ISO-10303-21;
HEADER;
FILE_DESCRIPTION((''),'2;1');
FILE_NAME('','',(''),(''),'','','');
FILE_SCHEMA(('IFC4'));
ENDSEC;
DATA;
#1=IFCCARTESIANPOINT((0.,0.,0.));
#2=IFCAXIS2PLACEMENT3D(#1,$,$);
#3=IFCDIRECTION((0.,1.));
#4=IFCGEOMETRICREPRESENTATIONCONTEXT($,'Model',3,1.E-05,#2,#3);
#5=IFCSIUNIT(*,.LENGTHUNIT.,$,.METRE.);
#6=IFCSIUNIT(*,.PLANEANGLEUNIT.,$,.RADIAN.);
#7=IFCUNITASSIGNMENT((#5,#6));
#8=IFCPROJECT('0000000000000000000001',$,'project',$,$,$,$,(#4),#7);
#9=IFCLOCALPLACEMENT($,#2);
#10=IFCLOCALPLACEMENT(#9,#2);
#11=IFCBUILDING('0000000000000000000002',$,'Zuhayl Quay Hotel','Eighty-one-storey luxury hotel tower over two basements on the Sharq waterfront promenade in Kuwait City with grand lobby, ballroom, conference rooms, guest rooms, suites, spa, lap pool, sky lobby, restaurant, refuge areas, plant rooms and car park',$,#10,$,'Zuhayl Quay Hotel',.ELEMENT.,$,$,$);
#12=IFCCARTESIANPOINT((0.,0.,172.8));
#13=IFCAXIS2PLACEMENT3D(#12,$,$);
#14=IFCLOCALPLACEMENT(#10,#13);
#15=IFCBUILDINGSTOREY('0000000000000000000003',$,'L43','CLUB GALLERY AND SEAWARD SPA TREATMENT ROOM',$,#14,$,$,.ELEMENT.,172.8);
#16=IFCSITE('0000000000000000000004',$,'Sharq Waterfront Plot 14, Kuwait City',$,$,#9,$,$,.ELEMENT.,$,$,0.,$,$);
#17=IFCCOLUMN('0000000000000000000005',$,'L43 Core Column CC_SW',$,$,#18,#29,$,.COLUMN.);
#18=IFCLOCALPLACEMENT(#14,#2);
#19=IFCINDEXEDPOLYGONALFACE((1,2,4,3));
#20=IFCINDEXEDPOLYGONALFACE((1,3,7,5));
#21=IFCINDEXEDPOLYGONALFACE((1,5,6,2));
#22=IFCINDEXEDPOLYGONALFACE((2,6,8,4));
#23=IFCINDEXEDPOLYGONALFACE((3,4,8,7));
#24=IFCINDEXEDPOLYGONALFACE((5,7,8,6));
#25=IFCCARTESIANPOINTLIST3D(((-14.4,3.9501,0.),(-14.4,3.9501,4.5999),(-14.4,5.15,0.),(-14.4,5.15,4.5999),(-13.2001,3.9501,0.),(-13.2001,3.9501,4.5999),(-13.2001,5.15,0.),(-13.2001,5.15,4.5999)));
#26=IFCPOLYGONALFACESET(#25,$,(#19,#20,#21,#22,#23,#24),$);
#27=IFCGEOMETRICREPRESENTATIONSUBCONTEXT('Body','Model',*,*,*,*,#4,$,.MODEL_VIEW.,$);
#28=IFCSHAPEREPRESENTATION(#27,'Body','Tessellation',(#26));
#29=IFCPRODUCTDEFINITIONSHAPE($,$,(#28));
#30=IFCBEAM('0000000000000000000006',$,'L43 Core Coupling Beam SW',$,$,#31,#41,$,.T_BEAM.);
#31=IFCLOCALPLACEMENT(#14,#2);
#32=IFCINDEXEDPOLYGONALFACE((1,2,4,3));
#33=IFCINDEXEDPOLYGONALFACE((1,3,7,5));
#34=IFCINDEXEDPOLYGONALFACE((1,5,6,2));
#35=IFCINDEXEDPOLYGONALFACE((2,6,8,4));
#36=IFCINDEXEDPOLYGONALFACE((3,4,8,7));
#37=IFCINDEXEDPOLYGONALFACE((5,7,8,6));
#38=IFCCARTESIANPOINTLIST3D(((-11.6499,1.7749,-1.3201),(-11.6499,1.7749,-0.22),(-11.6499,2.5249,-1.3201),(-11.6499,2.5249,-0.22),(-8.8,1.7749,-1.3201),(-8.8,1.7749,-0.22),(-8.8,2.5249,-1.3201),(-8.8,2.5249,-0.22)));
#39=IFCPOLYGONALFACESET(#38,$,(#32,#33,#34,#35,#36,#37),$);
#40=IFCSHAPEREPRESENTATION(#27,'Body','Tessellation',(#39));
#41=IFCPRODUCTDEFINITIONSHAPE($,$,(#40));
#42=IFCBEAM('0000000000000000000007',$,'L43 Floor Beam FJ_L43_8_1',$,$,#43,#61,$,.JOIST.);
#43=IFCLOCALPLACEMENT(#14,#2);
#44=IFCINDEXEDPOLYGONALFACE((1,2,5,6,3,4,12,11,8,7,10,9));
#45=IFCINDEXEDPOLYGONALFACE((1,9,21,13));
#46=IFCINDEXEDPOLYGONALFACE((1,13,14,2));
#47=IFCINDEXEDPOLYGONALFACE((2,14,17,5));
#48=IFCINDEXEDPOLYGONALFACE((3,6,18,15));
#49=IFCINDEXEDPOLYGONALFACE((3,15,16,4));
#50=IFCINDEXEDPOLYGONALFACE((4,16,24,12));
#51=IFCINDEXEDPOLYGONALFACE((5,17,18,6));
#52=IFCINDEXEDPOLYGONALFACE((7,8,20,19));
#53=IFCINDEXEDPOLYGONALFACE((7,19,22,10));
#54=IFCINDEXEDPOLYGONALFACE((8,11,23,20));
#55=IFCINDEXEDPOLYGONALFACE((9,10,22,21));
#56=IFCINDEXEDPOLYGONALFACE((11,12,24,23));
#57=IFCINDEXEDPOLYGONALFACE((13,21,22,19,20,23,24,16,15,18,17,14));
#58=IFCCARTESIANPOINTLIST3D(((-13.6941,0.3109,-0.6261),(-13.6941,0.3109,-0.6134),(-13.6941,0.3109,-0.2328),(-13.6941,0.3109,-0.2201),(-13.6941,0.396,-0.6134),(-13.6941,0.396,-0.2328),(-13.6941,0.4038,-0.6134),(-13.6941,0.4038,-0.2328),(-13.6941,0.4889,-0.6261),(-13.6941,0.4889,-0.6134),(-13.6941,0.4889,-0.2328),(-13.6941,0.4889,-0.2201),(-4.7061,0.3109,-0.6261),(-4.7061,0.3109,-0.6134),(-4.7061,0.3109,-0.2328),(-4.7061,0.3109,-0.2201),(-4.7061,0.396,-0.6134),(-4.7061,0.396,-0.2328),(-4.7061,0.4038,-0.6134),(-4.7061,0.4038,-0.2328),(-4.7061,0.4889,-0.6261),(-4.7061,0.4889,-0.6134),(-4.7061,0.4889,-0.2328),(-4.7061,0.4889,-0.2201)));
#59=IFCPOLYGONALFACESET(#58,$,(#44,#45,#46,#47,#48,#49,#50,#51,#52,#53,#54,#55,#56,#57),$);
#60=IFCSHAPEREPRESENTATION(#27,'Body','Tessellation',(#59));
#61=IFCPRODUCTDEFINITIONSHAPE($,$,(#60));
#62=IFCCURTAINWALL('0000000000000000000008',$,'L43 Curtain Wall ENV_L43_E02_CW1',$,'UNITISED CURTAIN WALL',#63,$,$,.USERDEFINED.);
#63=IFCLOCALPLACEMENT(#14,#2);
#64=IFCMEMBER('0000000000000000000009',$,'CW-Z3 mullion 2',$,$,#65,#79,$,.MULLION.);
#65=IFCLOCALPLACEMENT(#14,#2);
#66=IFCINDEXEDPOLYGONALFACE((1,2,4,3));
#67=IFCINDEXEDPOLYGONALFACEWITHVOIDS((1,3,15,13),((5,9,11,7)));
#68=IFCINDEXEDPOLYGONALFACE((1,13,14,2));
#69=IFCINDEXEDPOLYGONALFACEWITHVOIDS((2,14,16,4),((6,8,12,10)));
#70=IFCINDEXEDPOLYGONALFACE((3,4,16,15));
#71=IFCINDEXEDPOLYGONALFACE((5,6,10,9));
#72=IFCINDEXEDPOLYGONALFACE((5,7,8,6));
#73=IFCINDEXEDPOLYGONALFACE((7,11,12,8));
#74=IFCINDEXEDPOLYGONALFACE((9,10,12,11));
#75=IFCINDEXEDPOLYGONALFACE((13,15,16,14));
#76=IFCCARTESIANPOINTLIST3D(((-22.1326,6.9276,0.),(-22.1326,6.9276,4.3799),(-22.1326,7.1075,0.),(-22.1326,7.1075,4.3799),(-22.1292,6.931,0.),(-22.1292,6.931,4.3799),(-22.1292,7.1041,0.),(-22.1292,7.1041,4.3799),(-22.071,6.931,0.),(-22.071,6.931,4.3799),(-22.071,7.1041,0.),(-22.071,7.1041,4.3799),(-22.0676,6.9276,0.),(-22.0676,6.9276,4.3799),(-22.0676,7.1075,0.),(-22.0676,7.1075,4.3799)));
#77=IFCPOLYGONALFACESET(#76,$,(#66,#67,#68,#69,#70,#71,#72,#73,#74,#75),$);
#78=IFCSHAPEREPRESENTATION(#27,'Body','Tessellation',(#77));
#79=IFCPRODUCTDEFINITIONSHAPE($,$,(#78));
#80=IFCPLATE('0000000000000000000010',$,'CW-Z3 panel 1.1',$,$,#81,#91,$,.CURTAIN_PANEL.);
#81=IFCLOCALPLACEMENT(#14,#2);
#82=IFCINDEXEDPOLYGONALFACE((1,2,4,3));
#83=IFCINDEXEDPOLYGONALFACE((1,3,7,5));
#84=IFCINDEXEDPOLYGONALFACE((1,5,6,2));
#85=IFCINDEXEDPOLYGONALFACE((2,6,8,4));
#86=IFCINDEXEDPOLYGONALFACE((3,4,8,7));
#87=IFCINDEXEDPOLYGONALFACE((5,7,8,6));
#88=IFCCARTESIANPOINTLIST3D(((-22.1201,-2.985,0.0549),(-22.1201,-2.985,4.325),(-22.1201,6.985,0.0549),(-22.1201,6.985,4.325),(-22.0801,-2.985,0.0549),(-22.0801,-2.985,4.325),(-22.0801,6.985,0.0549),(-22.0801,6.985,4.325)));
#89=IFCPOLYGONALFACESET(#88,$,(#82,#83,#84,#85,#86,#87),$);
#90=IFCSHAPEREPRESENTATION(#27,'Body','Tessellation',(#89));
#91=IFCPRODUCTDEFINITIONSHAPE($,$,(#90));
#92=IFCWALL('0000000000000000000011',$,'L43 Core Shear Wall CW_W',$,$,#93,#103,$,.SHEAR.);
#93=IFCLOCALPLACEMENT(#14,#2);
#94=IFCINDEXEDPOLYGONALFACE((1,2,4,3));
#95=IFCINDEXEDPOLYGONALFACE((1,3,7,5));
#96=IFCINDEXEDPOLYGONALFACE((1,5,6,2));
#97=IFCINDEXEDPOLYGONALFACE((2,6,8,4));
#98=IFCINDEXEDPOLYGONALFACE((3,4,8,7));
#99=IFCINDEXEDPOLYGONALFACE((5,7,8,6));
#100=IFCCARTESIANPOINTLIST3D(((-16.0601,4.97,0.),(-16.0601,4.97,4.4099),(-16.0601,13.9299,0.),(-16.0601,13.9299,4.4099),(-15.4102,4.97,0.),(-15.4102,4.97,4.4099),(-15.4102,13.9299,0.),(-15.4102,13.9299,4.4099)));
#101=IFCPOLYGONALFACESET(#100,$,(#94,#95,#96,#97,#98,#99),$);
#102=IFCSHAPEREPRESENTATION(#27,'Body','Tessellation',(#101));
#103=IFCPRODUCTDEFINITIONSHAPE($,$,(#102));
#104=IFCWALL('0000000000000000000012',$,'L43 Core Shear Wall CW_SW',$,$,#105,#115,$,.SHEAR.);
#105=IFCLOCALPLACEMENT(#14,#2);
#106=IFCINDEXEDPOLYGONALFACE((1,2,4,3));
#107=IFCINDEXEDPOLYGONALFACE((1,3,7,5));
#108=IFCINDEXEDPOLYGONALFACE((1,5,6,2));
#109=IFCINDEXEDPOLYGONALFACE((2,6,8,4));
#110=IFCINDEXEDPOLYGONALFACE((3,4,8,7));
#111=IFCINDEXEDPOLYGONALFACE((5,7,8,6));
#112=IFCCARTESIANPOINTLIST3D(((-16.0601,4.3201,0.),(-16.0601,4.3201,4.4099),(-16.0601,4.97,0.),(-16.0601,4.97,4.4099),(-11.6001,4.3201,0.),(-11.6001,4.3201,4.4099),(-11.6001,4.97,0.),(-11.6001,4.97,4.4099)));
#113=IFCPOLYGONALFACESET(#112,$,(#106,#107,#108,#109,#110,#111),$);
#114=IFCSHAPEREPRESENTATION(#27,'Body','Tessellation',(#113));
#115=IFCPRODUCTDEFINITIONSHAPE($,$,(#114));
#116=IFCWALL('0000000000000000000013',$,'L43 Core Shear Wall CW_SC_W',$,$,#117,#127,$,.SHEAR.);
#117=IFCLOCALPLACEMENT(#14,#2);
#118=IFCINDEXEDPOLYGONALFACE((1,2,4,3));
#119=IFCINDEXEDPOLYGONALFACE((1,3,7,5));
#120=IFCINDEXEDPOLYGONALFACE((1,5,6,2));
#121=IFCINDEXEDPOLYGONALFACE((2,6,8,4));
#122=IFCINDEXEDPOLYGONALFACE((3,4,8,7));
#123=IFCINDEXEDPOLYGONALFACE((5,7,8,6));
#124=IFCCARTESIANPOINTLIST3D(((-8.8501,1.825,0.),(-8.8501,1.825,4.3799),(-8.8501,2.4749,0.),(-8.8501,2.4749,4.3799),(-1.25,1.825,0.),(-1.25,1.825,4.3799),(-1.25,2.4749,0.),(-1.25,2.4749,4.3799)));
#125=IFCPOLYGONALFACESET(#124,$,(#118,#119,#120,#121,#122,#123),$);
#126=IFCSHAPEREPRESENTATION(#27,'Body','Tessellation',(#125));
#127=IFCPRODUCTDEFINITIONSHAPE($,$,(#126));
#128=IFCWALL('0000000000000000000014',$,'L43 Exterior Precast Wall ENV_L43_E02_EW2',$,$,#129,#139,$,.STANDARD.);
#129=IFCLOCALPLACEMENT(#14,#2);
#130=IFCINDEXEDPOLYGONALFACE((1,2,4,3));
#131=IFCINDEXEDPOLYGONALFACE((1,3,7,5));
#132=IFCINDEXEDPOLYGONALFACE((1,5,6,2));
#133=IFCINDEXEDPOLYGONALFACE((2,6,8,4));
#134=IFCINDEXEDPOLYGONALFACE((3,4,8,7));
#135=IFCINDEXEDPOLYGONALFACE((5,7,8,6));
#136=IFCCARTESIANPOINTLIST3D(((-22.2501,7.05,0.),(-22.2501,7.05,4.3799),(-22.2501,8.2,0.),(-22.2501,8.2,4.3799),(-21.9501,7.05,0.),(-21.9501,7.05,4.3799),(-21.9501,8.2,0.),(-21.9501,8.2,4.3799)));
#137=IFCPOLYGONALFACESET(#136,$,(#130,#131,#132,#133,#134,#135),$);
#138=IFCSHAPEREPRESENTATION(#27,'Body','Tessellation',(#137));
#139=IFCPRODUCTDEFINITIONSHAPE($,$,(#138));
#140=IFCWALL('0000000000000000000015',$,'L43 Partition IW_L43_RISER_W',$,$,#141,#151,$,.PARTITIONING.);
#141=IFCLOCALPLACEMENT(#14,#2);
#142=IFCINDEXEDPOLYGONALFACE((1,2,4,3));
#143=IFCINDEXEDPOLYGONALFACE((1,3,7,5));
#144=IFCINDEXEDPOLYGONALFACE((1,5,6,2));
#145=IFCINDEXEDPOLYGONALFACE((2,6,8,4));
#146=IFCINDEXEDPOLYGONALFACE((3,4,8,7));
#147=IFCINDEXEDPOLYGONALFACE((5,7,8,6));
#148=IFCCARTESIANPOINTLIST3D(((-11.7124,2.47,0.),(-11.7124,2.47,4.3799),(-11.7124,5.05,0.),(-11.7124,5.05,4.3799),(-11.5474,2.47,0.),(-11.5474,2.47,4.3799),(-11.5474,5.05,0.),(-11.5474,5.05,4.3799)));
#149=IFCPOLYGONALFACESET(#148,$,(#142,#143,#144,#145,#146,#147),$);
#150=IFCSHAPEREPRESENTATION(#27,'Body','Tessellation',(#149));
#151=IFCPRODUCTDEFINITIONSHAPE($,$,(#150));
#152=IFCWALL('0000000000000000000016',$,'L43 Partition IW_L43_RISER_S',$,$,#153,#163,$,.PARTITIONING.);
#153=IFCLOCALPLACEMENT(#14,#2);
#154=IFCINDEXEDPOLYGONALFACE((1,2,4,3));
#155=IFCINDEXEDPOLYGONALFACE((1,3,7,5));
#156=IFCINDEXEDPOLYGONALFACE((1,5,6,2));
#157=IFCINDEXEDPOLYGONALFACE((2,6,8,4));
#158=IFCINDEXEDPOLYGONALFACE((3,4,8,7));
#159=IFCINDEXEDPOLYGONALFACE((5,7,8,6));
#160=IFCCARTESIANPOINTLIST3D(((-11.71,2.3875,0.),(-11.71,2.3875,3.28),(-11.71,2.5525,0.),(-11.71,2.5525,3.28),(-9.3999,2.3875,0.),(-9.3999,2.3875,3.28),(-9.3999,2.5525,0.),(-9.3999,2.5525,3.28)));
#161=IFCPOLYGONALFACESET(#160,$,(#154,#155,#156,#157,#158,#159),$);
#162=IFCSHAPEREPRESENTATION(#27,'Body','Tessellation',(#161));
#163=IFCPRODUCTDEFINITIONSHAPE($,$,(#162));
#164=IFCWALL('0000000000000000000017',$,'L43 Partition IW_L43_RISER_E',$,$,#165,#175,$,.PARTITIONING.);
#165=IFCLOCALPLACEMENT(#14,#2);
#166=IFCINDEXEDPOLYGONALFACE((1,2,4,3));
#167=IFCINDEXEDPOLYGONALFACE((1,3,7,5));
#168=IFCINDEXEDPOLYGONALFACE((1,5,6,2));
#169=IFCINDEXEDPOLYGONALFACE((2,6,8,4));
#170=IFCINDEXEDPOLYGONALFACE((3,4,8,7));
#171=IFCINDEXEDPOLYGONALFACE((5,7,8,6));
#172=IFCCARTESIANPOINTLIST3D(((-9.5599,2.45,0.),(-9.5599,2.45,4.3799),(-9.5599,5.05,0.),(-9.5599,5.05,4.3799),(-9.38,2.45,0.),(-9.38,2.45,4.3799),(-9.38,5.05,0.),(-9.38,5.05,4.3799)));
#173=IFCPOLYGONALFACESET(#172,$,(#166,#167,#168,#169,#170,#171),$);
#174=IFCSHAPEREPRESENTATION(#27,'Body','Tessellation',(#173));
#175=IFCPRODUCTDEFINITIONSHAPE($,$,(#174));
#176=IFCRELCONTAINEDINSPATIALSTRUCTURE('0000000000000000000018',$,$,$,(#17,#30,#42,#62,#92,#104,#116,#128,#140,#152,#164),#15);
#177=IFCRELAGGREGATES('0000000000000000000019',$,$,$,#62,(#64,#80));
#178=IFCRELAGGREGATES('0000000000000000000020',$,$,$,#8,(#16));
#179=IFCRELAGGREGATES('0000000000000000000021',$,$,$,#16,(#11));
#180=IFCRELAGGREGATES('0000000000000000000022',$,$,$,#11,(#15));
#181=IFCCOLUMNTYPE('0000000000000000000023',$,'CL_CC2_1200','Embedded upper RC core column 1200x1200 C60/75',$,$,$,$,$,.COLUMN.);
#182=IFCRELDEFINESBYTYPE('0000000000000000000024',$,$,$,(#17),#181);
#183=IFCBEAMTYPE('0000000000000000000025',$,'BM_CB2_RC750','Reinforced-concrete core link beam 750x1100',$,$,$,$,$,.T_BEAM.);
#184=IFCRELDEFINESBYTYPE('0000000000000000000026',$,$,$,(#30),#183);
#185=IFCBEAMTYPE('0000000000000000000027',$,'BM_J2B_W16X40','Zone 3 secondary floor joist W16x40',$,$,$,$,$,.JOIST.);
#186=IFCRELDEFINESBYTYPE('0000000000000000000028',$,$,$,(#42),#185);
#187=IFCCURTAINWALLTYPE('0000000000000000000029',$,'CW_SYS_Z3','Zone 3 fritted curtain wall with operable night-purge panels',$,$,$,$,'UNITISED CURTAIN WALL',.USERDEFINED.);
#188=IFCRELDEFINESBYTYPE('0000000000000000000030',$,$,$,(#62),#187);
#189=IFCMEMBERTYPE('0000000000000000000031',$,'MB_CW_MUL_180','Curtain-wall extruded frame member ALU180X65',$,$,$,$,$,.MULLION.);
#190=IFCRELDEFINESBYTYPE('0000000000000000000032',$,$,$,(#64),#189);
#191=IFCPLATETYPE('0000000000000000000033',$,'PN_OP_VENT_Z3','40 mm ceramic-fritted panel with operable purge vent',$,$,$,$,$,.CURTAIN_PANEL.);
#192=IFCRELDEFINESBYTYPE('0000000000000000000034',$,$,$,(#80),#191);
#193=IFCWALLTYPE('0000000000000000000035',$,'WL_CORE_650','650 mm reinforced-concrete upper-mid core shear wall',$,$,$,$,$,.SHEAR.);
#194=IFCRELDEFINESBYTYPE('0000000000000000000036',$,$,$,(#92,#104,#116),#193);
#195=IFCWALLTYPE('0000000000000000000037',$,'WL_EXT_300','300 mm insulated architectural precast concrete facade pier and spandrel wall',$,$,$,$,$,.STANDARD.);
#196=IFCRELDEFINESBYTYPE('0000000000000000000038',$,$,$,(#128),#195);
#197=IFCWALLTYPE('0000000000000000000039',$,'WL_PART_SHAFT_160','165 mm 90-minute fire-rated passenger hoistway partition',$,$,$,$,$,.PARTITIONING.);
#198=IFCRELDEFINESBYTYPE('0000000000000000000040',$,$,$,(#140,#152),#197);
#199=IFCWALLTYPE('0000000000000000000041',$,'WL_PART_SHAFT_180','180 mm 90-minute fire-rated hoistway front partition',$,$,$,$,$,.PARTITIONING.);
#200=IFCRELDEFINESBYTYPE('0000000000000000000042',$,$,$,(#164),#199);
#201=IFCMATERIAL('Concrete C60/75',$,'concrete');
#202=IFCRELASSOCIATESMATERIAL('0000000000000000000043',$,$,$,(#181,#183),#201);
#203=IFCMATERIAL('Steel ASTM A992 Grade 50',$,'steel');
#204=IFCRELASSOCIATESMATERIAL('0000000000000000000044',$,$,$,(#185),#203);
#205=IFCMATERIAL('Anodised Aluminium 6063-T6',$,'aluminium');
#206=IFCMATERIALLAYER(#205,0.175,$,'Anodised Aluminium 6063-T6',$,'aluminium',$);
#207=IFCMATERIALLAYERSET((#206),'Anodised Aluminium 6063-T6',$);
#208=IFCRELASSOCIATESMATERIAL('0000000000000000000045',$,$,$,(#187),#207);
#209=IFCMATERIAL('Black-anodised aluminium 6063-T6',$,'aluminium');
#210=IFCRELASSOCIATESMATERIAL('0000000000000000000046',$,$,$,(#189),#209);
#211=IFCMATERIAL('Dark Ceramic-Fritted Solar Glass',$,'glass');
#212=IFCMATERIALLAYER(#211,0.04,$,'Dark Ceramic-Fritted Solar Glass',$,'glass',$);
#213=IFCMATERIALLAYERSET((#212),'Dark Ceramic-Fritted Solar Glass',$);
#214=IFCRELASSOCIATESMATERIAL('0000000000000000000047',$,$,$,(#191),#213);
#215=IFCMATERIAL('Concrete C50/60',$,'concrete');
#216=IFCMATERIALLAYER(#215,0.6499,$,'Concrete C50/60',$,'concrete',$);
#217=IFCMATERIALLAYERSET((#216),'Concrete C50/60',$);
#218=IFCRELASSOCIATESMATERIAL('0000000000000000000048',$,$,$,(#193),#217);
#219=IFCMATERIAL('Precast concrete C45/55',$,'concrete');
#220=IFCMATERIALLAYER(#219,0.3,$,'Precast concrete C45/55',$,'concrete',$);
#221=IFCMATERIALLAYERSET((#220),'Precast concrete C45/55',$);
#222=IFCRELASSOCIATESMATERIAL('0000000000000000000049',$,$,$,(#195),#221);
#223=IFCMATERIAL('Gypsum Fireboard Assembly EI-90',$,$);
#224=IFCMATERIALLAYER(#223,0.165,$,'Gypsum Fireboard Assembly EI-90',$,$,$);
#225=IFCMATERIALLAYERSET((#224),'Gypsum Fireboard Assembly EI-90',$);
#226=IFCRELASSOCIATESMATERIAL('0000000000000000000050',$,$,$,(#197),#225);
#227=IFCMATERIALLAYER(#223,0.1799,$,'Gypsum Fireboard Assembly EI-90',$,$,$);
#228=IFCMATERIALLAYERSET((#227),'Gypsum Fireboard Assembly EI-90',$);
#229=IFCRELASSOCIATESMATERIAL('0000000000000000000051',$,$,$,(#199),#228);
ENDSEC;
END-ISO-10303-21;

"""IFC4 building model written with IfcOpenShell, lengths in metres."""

from ifc_helpers import new_model, si_unit, direction, frame, frame_2d, origin, origin_2d, place, context, subcontext, project, spatial, rectangle, hollow_rectangle, i_section, extrude, material, layer, layer_set, material_profile, profile_set, type_object, element, aggregate, save


model = new_model("IFC4")

# Units and contexts
model_context = context("Model", 3, precision=1e-05, world=origin(), true_north=direction((0.0, 1.0)))
body_context = subcontext(model_context, "Body", "Model", "MODEL_VIEW")
ifc_project = project(units=[si_unit("LENGTHUNIT", "METRE"), si_unit("PLANEANGLEUNIT", "RADIAN")], contexts=[model_context])

# Site, building, storey
site_placement = place(None, origin())
site = spatial("IfcSite", under=ifc_project, at=site_placement, Name="Sharq Waterfront Plot 14, Kuwait City", CompositionType="ELEMENT", RefElevation=0.0)
building_placement = place(site_placement, origin())
building = spatial("IfcBuilding", under=site, at=building_placement, Name="Zuhayl Quay Hotel", Description="Eighty-one-storey luxury hotel tower over two basements on the Sharq waterfront promenade in Kuwait City with grand lobby, ballroom, conference rooms, guest rooms, suites, spa, lap pool, sky lobby, restaurant, refuge areas, plant rooms and car park", LongName="Zuhayl Quay Hotel", CompositionType="ELEMENT")
storey_placement = place(building_placement, frame((0.0, 0.0, 172.8)))
storey = spatial("IfcBuildingStorey", under=building, at=storey_placement, Name="L43", Description="CLUB GALLERY AND SEAWARD SPA TREATMENT ROOM", CompositionType="ELEMENT", Elevation=172.8)

# Column
ifc_material_1 = material(Name="Concrete C60/75", Category="concrete")
ifc_material_profile_1 = material_profile(ifc_material_1, rectangle(XDim=1.2, YDim=1.2, at=origin_2d()), Name="RC1200X1200")
ifc_profile_set_1 = profile_set([ifc_material_profile_1], Name="Concrete C60/75")
column_type = type_object("IfcColumnType", Name="CL_CC2_1200", Description="Embedded upper RC core column 1200x1200 C60/75", PredefinedType="COLUMN", material=ifc_profile_set_1)
column_placement = place(storey_placement, frame((-13.8, 4.55, 0.0), z_axis=(0.0, 0.0, 1.0), x_axis=(1.0, 0.0, 0.0)))
element("IfcColumn", 1, at=column_placement, inside=storey, type_object=column_type, Name="L43 Core Column CC_SW", PredefinedType="COLUMN", context=body_context, shape_type="SweptSolid", body=[
    extrude(rectangle(XDim=1.2, YDim=1.2, at=origin_2d()), origin(), (0.0, 0.0, 1.0), 4.5999),
])

# Beams
ifc_material_profile_2 = material_profile(ifc_material_1, rectangle(XDim=0.75, YDim=1.1001, at=origin_2d()), Name="RC750X1100")
ifc_profile_set_2 = profile_set([ifc_material_profile_2], Name="Concrete C60/75")
beam_type_1 = type_object("IfcBeamType", Name="BM_CB2_RC750", Description="Reinforced-concrete core link beam 750x1100", PredefinedType="T_BEAM", material=ifc_profile_set_2)
beam_1_placement = place(storey_placement, frame((-11.6499, 2.1499, -0.77), z_axis=(1.0, 0.0, 0.0), x_axis=(0.0, 1.0, 0.0)))
element("IfcBeam", 2, at=beam_1_placement, inside=storey, type_object=beam_type_1, Name="L43 Core Coupling Beam SW", PredefinedType="T_BEAM", context=body_context, shape_type="SweptSolid", body=[
    extrude(rectangle(XDim=0.75, YDim=1.1001, at=origin_2d()), origin(), (0.0, 0.0, 1.0), 2.8499),
])
ifc_material_2 = material(Name="Steel ASTM A992 Grade 50", Category="steel")
ifc_material_profile_3 = material_profile(ifc_material_2, i_section(OverallWidth=0.178, OverallDepth=0.406, WebThickness=0.0078, FlangeThickness=0.0127, at=origin_2d()), Name="W16X40")
ifc_profile_set_3 = profile_set([ifc_material_profile_3], Name="Steel ASTM A992 Grade 50")
beam_type_2 = type_object("IfcBeamType", Name="BM_J2B_W16X40", Description="Zone 3 secondary floor joist W16x40", PredefinedType="JOIST", material=ifc_profile_set_3)
beam_2_placement = place(storey_placement, frame((-13.6941, 0.3999, -0.4231), z_axis=(1.0, 0.0, 0.0), x_axis=(0.0, 1.0, 0.0)))
element("IfcBeam", 3, at=beam_2_placement, inside=storey, type_object=beam_type_2, Name="L43 Floor Beam FJ_L43_8_1", PredefinedType="JOIST", context=body_context, shape_type="SweptSolid", body=[
    extrude(i_section(OverallWidth=0.178, OverallDepth=0.406, WebThickness=0.0078, FlangeThickness=0.0127, at=origin_2d()), origin(), (0.0, 0.0, 1.0), 8.988),
])

# Curtain wall, member, plate
ifc_material_3 = material(Name="Anodised Aluminium 6063-T6", Category="aluminium")
ifc_layer_1 = layer(ifc_material_3, 0.175, Name="Anodised Aluminium 6063-T6", Category="aluminium")
ifc_layer_set_1 = layer_set([ifc_layer_1], Name="Anodised Aluminium 6063-T6")
curtain_wall_type = type_object("IfcCurtainWallType", Name="CW_SYS_Z3", Description="Zone 3 fritted curtain wall with operable night-purge panels", ElementType="UNITISED CURTAIN WALL", PredefinedType="USERDEFINED", material=ifc_layer_set_1)
curtain_wall_placement = place(storey_placement, origin())
curtain_wall = element("IfcCurtainWall", 4, at=curtain_wall_placement, inside=storey, type_object=curtain_wall_type, Name="L43 Curtain Wall ENV_L43_E02_CW1", ObjectType="UNITISED CURTAIN WALL", PredefinedType="USERDEFINED")
ifc_material_4 = material(Name="Black-anodised aluminium 6063-T6", Category="aluminium")
ifc_material_profile_4 = material_profile(ifc_material_4, hollow_rectangle(XDim=0.0649, YDim=0.1799, WallThickness=0.0034, at=origin_2d()), Name="ALU180X65")
ifc_profile_set_4 = profile_set([ifc_material_profile_4], Name="Black-anodised aluminium 6063-T6")
member_type = type_object("IfcMemberType", Name="MB_CW_MUL_180", Description="Curtain-wall extruded frame member ALU180X65", PredefinedType="MULLION", material=ifc_profile_set_4)
member_placement = place(storey_placement, frame((-22.1001, 7.0176, 0.0), z_axis=(0.0, 0.0, 1.0), x_axis=(-1.0, 0.0, 0.0)))
member = element("IfcMember", 5, at=member_placement, type_object=member_type, Name="CW-Z3 mullion 2", PredefinedType="MULLION", context=body_context, shape_type="SweptSolid", body=[
    extrude(hollow_rectangle(XDim=0.0649, YDim=0.1799, WallThickness=0.0034, at=origin_2d()), origin(), (0.0, 0.0, 1.0), 4.3799),
])
ifc_material_5 = material(Name="Dark Ceramic-Fritted Solar Glass", Category="glass")
ifc_layer_2 = layer(ifc_material_5, 0.04, Name="Dark Ceramic-Fritted Solar Glass", Category="glass")
ifc_layer_set_2 = layer_set([ifc_layer_2], Name="Dark Ceramic-Fritted Solar Glass")
plate_type = type_object("IfcPlateType", Name="PN_OP_VENT_Z3", Description="40 mm ceramic-fritted panel with operable purge vent", PredefinedType="CURTAIN_PANEL", material=ifc_layer_set_2)
plate_placement = place(storey_placement, frame((-22.1001, 2.0, 0.0549), z_axis=(0.0, 0.0, 1.0), x_axis=(0.0, 1.0, 0.0)))
plate = element("IfcPlate", 6, at=plate_placement, type_object=plate_type, Name="CW-Z3 panel 1.1", PredefinedType="CURTAIN_PANEL", context=body_context, shape_type="SweptSolid", body=[
    extrude(rectangle(XDim=9.97, YDim=0.04, at=origin_2d()), origin(), (0.0, 0.0, 1.0), 4.27),
])
aggregate(curtain_wall, [member, plate])

# Walls
ifc_material_6 = material(Name="Concrete C50/60", Category="concrete")
ifc_layer_3 = layer(ifc_material_6, 0.6499, Name="Concrete C50/60", Category="concrete")
ifc_layer_set_3 = layer_set([ifc_layer_3], Name="Concrete C50/60")
wall_type_1 = type_object("IfcWallType", Name="WL_CORE_650", Description="650 mm reinforced-concrete upper-mid core shear wall", PredefinedType="SHEAR", material=ifc_layer_set_3)
wall_1_placement = place(storey_placement, frame((-15.7351, 4.97, 0.0), z_axis=(0.0, 0.0, 1.0), x_axis=(0.0, 1.0, 0.0)))
element("IfcWall", 7, at=wall_1_placement, inside=storey, type_object=wall_type_1, Name="L43 Core Shear Wall CW_W", PredefinedType="SHEAR", context=body_context, shape_type="SweptSolid", body=[
    extrude(rectangle(XDim=8.96, YDim=0.6499, at=frame_2d((4.48, 0.0))), origin(), (0.0, 0.0, 1.0), 4.4099),
])
wall_2_placement = place(storey_placement, frame((-16.0601, 4.645, 0.0), z_axis=(0.0, 0.0, 1.0), x_axis=(1.0, 0.0, 0.0)))
element("IfcWall", 8, at=wall_2_placement, inside=storey, type_object=wall_type_1, Name="L43 Core Shear Wall CW_SW", PredefinedType="SHEAR", context=body_context, shape_type="SweptSolid", body=[
    extrude(rectangle(XDim=4.46, YDim=0.6499, at=frame_2d((2.23, 0.0))), origin(), (0.0, 0.0, 1.0), 4.4099),
])
wall_3_placement = place(storey_placement, frame((-8.8501, 2.1499, 0.0), z_axis=(0.0, 0.0, 1.0), x_axis=(1.0, 0.0, 0.0)))
element("IfcWall", 9, at=wall_3_placement, inside=storey, type_object=wall_type_1, Name="L43 Core Shear Wall CW_SC_W", PredefinedType="SHEAR", context=body_context, shape_type="SweptSolid", body=[
    extrude(rectangle(XDim=7.6001, YDim=0.6499, at=frame_2d((3.8, 0.0))), origin(), (0.0, 0.0, 1.0), 4.3799),
])
ifc_material_7 = material(Name="Precast concrete C45/55", Category="concrete")
ifc_layer_4 = layer(ifc_material_7, 0.3, Name="Precast concrete C45/55", Category="concrete")
ifc_layer_set_4 = layer_set([ifc_layer_4], Name="Precast concrete C45/55")
wall_type_2 = type_object("IfcWallType", Name="WL_EXT_300", Description="300 mm insulated architectural precast concrete facade pier and spandrel wall", PredefinedType="STANDARD", material=ifc_layer_set_4)
wall_4_placement = place(storey_placement, frame((-22.1001, 7.05, 0.0), z_axis=(0.0, 0.0, 1.0), x_axis=(0.0, 1.0, 0.0)))
element("IfcWall", 10, at=wall_4_placement, inside=storey, type_object=wall_type_2, Name="L43 Exterior Precast Wall ENV_L43_E02_EW2", PredefinedType="STANDARD", context=body_context, shape_type="SweptSolid", body=[
    extrude(rectangle(XDim=1.1499, YDim=0.3, at=frame_2d((0.575, 0.0))), origin(), (0.0, 0.0, 1.0), 4.3799),
])
ifc_material_8 = material(Name="Gypsum Fireboard Assembly EI-90")
ifc_layer_5 = layer(ifc_material_8, 0.165, Name="Gypsum Fireboard Assembly EI-90")
ifc_layer_set_5 = layer_set([ifc_layer_5], Name="Gypsum Fireboard Assembly EI-90")
wall_type_3 = type_object("IfcWallType", Name="WL_PART_SHAFT_160", Description="165 mm 90-minute fire-rated passenger hoistway partition", PredefinedType="PARTITIONING", material=ifc_layer_set_5)
wall_5_placement = place(storey_placement, frame((-11.6299, 2.47, 0.0), z_axis=(0.0, 0.0, 1.0), x_axis=(0.0, 1.0, 0.0)))
element("IfcWall", 11, at=wall_5_placement, inside=storey, type_object=wall_type_3, Name="L43 Partition IW_L43_RISER_W", PredefinedType="PARTITIONING", context=body_context, shape_type="SweptSolid", body=[
    extrude(rectangle(XDim=2.5801, YDim=0.165, at=frame_2d((1.29, 0.0))), origin(), (0.0, 0.0, 1.0), 4.3799),
])
wall_6_placement = place(storey_placement, frame((-11.71, 2.47, 0.0), z_axis=(0.0, 0.0, 1.0), x_axis=(1.0, 0.0, 0.0)))
element("IfcWall", 12, at=wall_6_placement, inside=storey, type_object=wall_type_3, Name="L43 Partition IW_L43_RISER_S", PredefinedType="PARTITIONING", context=body_context, shape_type="SweptSolid", body=[
    extrude(rectangle(XDim=2.3101, YDim=0.165, at=frame_2d((1.155, 0.0))), origin(), (0.0, 0.0, 1.0), 3.28),
])
ifc_layer_6 = layer(ifc_material_8, 0.1799, Name="Gypsum Fireboard Assembly EI-90")
ifc_layer_set_6 = layer_set([ifc_layer_6], Name="Gypsum Fireboard Assembly EI-90")
wall_type_4 = type_object("IfcWallType", Name="WL_PART_SHAFT_180", Description="180 mm 90-minute fire-rated hoistway front partition", PredefinedType="PARTITIONING", material=ifc_layer_set_6)
wall_7_placement = place(storey_placement, frame((-9.47, 2.45, 0.0), z_axis=(0.0, 0.0, 1.0), x_axis=(0.0, 1.0, 0.0)))
element("IfcWall", 13, at=wall_7_placement, inside=storey, type_object=wall_type_4, Name="L43 Partition IW_L43_RISER_E", PredefinedType="PARTITIONING", context=body_context, shape_type="SweptSolid", body=[
    extrude(rectangle(XDim=2.6001, YDim=0.1799, at=frame_2d((1.3, 0.0))), origin(), (0.0, 0.0, 1.0), 4.3799),
])

save(model, "model.ifc")
